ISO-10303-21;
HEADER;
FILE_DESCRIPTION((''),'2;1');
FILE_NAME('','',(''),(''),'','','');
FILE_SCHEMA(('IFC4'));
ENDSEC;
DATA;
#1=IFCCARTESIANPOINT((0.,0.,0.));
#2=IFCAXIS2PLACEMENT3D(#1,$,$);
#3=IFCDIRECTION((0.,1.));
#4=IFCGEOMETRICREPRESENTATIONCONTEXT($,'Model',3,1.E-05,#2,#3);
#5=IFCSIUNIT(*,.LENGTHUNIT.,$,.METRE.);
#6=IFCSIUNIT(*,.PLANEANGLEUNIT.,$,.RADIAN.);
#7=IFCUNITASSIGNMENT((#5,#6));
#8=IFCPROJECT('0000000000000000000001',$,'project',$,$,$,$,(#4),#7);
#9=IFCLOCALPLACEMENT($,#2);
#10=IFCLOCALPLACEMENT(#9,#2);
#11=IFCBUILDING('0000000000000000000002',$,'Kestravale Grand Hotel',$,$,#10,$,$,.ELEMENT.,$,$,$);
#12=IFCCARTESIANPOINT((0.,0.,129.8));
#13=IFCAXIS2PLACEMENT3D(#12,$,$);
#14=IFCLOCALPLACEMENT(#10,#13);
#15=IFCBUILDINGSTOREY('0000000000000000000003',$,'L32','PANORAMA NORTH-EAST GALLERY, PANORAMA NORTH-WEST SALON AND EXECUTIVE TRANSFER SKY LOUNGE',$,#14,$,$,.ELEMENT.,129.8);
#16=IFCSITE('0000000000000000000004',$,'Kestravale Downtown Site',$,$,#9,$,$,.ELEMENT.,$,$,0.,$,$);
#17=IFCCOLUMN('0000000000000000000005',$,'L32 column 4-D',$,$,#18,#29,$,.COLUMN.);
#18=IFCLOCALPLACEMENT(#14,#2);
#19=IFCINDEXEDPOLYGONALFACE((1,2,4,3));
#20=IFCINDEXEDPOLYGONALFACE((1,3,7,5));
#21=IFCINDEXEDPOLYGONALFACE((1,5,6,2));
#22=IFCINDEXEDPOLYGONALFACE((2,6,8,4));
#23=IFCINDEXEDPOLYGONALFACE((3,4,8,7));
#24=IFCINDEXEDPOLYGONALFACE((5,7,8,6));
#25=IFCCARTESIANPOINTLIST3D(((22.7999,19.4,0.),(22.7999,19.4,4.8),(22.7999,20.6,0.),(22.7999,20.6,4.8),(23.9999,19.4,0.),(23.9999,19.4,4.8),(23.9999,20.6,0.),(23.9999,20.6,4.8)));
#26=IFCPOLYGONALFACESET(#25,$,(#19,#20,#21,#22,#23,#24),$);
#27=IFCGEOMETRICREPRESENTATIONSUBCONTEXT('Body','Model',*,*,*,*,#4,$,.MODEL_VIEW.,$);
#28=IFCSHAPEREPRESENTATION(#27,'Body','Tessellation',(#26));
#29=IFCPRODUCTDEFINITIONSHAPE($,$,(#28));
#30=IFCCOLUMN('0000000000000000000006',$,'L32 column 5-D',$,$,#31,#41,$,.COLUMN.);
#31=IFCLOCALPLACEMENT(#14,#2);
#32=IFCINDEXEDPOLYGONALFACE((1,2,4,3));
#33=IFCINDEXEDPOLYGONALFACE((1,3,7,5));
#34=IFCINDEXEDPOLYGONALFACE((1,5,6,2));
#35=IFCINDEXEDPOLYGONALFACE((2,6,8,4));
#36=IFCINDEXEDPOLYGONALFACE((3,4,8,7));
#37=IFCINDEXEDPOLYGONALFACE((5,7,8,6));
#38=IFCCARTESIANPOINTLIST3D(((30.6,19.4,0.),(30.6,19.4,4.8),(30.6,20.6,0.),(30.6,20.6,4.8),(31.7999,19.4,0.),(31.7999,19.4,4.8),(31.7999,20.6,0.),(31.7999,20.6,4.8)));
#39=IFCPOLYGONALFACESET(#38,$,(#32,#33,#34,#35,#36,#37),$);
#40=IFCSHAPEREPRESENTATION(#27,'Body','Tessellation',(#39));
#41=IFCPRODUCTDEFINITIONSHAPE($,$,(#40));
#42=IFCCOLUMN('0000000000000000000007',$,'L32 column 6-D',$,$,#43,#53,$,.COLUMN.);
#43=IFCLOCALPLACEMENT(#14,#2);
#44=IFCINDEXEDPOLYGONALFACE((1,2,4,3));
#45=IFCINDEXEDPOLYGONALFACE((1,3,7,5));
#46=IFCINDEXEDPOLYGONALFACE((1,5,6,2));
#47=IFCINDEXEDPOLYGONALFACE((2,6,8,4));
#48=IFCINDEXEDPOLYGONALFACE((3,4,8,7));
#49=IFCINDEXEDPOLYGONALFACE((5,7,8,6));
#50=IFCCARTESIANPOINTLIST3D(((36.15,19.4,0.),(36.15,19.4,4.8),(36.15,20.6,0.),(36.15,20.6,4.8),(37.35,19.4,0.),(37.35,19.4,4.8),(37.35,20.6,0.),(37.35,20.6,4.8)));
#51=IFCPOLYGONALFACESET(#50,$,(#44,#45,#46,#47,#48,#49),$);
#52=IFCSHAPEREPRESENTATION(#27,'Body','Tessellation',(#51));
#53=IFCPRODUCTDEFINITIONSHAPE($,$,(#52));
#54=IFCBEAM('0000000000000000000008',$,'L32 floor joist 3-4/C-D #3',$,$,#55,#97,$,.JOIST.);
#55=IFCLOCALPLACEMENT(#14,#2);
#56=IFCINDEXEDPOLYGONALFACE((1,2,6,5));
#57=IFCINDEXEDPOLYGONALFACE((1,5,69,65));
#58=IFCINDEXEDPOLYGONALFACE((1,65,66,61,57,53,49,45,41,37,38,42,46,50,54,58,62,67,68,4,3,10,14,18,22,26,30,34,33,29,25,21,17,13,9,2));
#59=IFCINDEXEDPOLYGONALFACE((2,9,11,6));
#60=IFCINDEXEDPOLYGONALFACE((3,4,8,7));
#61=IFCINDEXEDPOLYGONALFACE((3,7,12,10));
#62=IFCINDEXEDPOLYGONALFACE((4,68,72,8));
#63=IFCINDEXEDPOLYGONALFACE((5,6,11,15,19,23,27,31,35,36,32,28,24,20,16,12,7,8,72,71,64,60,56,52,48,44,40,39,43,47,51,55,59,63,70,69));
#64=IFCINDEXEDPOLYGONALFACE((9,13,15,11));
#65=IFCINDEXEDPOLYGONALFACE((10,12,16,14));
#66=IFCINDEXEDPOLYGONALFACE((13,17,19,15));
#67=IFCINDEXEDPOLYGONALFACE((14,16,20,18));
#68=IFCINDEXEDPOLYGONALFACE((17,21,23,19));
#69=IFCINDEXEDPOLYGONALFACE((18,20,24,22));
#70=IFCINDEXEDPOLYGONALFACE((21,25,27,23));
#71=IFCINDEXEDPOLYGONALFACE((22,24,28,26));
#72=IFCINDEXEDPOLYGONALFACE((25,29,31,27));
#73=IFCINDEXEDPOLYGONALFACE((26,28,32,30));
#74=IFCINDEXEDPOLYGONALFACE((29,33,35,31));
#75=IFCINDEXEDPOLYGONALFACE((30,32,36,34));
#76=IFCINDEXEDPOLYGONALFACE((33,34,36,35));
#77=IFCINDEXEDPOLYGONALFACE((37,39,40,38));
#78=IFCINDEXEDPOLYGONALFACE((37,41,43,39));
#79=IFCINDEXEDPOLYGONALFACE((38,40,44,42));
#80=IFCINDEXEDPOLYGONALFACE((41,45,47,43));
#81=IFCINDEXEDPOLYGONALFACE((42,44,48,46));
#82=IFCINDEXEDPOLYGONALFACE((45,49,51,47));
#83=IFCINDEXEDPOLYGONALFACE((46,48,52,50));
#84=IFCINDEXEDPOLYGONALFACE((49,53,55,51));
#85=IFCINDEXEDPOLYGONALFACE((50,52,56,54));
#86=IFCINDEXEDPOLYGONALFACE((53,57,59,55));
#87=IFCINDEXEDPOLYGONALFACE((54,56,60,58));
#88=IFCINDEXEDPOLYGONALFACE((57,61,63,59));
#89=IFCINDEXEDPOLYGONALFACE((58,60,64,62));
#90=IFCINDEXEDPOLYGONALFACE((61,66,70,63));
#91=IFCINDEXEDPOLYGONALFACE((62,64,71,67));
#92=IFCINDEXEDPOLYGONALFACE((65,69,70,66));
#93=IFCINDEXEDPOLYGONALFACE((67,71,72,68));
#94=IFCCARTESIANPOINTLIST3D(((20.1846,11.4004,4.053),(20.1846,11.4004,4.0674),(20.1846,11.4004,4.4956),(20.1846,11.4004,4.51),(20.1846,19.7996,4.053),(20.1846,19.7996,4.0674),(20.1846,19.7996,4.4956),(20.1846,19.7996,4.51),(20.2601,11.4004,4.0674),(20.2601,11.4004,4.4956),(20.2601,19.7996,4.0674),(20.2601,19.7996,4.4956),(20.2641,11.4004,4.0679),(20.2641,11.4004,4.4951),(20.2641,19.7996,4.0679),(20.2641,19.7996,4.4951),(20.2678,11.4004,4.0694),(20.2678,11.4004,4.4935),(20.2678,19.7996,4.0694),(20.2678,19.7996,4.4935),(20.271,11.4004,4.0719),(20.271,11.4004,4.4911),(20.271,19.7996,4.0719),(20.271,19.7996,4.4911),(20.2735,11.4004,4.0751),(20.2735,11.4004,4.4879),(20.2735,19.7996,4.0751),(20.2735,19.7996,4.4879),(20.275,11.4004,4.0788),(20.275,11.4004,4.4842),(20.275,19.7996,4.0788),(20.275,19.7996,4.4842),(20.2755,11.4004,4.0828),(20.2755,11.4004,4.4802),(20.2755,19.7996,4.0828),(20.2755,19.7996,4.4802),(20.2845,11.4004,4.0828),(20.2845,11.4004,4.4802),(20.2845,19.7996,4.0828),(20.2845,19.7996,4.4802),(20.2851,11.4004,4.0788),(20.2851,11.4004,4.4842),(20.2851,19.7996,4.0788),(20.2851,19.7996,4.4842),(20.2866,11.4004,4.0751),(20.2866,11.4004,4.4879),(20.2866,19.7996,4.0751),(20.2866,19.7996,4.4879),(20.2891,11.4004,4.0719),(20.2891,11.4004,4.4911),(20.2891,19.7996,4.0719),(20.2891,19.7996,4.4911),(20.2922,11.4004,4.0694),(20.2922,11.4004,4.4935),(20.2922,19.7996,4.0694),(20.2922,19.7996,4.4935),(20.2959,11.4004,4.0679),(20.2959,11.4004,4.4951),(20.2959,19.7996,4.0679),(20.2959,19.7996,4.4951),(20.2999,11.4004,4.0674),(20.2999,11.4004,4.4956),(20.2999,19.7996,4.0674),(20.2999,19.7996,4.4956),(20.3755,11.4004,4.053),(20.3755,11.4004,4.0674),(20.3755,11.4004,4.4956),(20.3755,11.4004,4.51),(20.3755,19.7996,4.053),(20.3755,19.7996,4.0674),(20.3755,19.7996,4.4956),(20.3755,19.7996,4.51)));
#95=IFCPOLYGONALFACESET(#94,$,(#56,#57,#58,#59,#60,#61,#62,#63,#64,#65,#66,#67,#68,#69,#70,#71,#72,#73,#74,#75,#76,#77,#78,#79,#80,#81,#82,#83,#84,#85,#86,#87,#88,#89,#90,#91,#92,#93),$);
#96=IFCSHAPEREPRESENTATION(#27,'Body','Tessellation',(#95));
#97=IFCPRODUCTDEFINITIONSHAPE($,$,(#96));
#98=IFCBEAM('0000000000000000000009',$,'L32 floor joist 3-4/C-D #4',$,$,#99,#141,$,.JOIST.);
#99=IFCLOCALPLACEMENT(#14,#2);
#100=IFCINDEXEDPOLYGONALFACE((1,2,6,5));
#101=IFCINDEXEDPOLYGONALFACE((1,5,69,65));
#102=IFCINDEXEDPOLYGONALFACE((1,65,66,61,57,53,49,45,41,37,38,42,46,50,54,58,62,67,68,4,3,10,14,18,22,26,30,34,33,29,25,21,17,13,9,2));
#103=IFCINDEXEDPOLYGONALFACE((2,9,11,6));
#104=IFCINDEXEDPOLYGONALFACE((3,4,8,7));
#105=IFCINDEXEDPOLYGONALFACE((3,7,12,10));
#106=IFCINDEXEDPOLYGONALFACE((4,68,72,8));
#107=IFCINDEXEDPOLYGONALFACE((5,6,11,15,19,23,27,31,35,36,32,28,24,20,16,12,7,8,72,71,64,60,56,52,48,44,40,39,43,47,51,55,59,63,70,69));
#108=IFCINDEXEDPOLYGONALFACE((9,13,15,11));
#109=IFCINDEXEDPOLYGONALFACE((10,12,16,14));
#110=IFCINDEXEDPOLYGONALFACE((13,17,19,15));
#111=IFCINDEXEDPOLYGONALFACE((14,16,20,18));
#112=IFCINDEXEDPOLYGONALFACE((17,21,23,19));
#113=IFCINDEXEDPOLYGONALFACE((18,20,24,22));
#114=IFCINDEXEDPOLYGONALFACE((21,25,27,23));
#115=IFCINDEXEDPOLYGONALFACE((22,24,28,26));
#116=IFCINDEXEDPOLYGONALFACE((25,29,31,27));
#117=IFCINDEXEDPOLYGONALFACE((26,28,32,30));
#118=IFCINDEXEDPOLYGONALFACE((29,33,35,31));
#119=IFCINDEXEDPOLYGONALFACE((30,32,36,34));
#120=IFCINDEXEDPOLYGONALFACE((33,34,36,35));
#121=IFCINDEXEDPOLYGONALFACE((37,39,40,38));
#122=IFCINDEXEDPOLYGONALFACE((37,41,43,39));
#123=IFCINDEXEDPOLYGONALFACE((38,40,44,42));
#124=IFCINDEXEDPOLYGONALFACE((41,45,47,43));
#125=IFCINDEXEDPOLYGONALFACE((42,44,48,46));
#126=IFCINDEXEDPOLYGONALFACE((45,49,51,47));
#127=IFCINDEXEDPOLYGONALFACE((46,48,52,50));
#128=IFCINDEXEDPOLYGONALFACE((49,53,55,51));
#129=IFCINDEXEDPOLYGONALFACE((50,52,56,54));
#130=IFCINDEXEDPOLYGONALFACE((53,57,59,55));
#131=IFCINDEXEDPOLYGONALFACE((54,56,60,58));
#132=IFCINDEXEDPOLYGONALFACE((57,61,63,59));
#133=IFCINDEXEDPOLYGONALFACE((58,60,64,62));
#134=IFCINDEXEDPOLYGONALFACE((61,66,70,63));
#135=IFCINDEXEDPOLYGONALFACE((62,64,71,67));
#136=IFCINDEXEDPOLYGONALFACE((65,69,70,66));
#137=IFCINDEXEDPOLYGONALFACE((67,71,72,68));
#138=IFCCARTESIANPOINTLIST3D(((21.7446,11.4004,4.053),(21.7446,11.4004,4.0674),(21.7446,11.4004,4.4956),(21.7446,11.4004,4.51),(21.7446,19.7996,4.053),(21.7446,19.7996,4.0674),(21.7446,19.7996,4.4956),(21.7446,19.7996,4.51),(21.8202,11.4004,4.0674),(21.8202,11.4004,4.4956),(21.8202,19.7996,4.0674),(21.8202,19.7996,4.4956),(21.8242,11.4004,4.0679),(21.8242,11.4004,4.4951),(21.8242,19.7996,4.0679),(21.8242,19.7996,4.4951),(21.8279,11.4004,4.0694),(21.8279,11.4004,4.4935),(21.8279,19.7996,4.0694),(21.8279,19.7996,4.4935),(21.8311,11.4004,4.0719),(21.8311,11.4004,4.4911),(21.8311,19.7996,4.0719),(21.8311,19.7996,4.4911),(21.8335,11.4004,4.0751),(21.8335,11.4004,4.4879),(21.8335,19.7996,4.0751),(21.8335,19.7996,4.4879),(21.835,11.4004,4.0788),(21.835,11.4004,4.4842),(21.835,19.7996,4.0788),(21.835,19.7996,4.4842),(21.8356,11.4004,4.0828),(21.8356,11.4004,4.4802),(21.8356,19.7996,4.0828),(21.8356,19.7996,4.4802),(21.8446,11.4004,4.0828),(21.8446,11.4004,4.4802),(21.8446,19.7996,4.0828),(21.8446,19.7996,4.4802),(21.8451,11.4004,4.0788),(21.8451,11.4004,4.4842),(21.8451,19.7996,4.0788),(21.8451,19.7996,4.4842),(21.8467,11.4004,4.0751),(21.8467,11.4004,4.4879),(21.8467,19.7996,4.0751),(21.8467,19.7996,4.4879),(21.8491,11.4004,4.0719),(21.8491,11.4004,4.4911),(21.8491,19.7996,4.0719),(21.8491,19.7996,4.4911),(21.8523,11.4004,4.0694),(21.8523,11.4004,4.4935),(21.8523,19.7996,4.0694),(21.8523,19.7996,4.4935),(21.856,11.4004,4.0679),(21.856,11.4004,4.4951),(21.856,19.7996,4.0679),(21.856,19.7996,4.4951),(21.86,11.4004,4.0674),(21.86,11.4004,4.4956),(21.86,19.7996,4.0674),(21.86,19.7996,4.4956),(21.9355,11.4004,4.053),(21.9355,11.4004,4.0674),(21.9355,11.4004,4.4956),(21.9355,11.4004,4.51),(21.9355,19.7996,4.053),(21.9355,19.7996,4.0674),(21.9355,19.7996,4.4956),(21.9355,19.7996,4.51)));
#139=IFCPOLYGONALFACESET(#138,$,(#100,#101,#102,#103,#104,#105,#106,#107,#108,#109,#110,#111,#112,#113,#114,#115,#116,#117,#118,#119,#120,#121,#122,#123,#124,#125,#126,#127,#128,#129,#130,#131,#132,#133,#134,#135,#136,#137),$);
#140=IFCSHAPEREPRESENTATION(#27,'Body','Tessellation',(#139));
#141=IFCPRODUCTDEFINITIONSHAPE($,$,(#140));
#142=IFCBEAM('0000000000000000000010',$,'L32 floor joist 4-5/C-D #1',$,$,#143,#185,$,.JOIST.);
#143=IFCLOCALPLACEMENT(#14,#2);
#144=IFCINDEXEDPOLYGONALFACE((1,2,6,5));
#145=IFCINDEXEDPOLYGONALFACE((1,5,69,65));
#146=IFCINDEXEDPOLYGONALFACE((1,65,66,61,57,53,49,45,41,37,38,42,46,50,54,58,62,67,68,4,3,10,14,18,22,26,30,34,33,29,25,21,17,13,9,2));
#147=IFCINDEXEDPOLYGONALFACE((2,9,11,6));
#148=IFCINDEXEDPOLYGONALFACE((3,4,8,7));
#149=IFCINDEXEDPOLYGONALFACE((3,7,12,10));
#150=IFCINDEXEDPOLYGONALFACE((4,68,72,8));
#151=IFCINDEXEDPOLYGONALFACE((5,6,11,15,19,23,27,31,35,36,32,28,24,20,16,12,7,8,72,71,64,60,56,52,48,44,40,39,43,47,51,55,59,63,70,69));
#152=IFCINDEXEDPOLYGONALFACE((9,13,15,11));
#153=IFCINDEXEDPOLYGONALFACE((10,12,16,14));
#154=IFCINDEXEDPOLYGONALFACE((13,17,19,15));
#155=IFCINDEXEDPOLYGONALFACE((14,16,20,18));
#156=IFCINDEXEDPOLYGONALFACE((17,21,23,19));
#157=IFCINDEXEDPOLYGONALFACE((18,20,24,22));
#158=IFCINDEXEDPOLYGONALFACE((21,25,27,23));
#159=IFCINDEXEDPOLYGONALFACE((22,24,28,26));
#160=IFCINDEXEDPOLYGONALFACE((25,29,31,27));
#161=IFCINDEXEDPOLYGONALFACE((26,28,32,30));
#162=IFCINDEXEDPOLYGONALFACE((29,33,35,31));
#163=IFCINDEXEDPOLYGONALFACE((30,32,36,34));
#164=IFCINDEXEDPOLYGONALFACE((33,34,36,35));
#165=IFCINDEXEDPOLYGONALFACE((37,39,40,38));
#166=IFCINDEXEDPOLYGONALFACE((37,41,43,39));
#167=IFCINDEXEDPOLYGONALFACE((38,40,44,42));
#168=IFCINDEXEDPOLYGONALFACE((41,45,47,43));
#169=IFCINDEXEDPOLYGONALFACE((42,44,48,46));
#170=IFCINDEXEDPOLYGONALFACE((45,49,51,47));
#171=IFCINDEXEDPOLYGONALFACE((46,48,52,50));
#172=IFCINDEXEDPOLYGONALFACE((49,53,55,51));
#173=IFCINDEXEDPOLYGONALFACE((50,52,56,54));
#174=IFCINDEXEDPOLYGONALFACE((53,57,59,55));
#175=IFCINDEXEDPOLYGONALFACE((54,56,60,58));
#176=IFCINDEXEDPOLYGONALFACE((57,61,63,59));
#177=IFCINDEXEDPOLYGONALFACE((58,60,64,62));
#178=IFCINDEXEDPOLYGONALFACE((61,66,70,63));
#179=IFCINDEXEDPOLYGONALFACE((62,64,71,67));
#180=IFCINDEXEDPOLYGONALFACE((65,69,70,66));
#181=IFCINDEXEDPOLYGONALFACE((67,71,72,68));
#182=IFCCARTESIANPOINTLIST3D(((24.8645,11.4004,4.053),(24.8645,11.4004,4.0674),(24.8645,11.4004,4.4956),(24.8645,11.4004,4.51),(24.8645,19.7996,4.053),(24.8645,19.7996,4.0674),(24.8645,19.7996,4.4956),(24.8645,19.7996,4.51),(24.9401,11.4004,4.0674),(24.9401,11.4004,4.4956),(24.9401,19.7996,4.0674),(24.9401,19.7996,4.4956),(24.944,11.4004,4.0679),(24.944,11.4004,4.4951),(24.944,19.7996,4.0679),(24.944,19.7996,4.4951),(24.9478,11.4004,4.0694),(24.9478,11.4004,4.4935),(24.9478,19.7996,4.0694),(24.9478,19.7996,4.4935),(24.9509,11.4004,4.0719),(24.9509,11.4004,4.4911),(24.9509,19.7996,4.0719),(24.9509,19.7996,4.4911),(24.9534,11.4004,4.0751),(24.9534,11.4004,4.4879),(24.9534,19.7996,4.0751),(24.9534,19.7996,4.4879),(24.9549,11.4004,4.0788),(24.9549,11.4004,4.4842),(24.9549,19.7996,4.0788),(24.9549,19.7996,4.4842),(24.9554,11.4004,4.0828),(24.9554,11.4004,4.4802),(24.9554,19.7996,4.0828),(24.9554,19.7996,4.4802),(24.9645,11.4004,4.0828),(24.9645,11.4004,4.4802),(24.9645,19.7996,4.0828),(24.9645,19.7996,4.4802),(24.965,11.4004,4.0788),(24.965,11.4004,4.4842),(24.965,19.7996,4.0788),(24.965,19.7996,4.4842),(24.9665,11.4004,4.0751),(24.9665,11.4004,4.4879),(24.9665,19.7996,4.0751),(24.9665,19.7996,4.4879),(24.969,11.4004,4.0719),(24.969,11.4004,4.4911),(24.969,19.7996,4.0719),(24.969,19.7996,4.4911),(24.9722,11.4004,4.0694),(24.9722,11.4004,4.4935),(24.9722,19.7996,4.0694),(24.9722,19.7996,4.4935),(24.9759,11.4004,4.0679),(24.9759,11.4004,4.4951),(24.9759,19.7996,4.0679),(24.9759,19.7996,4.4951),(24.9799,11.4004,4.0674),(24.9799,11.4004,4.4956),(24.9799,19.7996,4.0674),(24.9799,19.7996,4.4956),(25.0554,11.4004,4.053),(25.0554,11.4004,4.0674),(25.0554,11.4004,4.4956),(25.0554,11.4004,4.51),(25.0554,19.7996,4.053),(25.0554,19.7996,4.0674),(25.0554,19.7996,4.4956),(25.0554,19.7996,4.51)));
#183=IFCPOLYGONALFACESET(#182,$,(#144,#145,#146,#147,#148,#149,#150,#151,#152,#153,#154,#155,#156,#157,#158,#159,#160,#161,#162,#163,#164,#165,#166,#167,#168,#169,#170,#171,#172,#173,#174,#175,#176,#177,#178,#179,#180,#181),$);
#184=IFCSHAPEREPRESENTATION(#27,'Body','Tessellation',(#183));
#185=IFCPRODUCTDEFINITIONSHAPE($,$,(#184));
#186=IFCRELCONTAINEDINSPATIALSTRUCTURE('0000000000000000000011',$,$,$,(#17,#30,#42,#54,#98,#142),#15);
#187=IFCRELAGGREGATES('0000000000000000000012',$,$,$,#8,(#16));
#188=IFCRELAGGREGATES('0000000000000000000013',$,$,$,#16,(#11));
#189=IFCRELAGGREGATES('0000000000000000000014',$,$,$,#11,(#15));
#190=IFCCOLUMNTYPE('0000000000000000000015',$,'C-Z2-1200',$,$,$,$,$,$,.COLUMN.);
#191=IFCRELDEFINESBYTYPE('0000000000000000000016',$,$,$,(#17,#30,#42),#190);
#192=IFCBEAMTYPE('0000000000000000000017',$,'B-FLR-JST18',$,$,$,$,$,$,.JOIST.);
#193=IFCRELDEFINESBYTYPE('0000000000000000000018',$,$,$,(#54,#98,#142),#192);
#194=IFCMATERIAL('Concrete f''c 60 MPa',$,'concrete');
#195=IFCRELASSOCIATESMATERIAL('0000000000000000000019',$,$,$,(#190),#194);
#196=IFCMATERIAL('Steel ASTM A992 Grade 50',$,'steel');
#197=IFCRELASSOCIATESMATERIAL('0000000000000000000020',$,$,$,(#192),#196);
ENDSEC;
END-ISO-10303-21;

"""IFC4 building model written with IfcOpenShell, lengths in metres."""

from ifc_helpers import new_model, si_unit, direction, frame, origin, origin_2d, place, context, subcontext, project, spatial, rectangle, i_section, extrude, material, material_profile, profile_set, type_object, element, save


model = new_model("IFC4")

# Units and contexts
model_context = context("Model", 3, precision=1e-05, world=origin(), true_north=direction((0.0, 1.0)))
body_context = subcontext(model_context, "Body", "Model", "MODEL_VIEW")
ifc_project = project(units=[si_unit("LENGTHUNIT", "METRE"), si_unit("PLANEANGLEUNIT", "RADIAN")], contexts=[model_context])

# Site, building, storey
site_placement = place(None, origin())
site = spatial("IfcSite", under=ifc_project, at=site_placement, Name="Kestravale Downtown Site", CompositionType="ELEMENT", RefElevation=0.0)
building_placement = place(site_placement, origin())
building = spatial("IfcBuilding", under=site, at=building_placement, Name="Kestravale Grand Hotel", CompositionType="ELEMENT")
storey_placement = place(building_placement, frame((0.0, 0.0, 129.8)))
storey = spatial("IfcBuildingStorey", under=building, at=storey_placement, Name="L32", Description="PANORAMA NORTH-EAST GALLERY, PANORAMA NORTH-WEST SALON AND EXECUTIVE TRANSFER SKY LOUNGE", CompositionType="ELEMENT", Elevation=129.8)

# Columns
ifc_material_1 = material(Name="Concrete f'c 60 MPa", Category="concrete")
ifc_material_profile_1 = material_profile(ifc_material_1, rectangle(XDim=1.2, YDim=1.2, at=origin_2d()))
ifc_profile_set_1 = profile_set([ifc_material_profile_1], Name="Concrete f'c 60 MPa")
column_type = type_object("IfcColumnType", Name="C-Z2-1200", PredefinedType="COLUMN", material=ifc_profile_set_1)
for number, where, z_axis, x_axis, name in (
    (1, (23.3999, 20.0, 0.0), (0.0, 0.0, 1.0), (1.0, 0.0, 0.0), "L32 column 4-D"),
    (2, (31.2, 20.0, 0.0), (0.0, 0.0, 1.0), (1.0, 0.0, 0.0), "L32 column 5-D"),
    (3, (36.75, 20.0, 0.0), (0.0, 0.0, 1.0), (1.0, 0.0, 0.0), "L32 column 6-D"),
):
    element("IfcColumn", number, at=place(storey_placement, frame(where, z_axis=z_axis, x_axis=x_axis)), inside=storey, type_object=column_type, Name=name, PredefinedType="COLUMN", context=body_context, shape_type="SweptSolid", body=[
        extrude(rectangle(XDim=1.2, YDim=1.2, at=origin_2d()), origin(), (0.0, 0.0, 1.0), 4.8),
    ])

# Beams
ifc_material_2 = material(Name="Steel ASTM A992 Grade 50", Category="steel")
ifc_material_profile_2 = material_profile(ifc_material_2, i_section(OverallWidth=0.1909, OverallDepth=0.457, WebThickness=0.009, FlangeThickness=0.0144, FilletRadius=0.0154, at=origin_2d()))
ifc_profile_set_2 = profile_set([ifc_material_profile_2], Name="Steel ASTM A992 Grade 50")
beam_type_1 = type_object("IfcBeamType", Name="B-FLR-JST18", PredefinedType="JOIST", material=ifc_profile_set_2)
for number, where, z_axis, x_axis, name in (
    (4, (20.28, 11.4004, 4.2815), (0.0, 1.0, 0.0), (-1.0, 0.0, 0.0), "L32 floor joist 3-4/C-D #3"),
    (5, (21.8401, 11.4004, 4.2815), (0.0, 1.0, 0.0), (-1.0, 0.0, 0.0), "L32 floor joist 3-4/C-D #4"),
    (6, (24.96, 11.4004, 4.2815), (0.0, 1.0, 0.0), (-1.0, 0.0, 0.0), "L32 floor joist 4-5/C-D #1"),
):
    element("IfcBeam", number, at=place(storey_placement, frame(where, z_axis=z_axis, x_axis=x_axis)), inside=storey, type_object=beam_type_1, Name=name, PredefinedType="JOIST", context=body_context, shape_type="SweptSolid", body=[
        extrude(i_section(OverallWidth=0.1909, OverallDepth=0.457, WebThickness=0.009, FlangeThickness=0.0144, FilletRadius=0.0154, at=origin_2d()), origin(), (0.0, 0.0, 1.0), 8.3992),
    ])

save(model, "model.ifc")
